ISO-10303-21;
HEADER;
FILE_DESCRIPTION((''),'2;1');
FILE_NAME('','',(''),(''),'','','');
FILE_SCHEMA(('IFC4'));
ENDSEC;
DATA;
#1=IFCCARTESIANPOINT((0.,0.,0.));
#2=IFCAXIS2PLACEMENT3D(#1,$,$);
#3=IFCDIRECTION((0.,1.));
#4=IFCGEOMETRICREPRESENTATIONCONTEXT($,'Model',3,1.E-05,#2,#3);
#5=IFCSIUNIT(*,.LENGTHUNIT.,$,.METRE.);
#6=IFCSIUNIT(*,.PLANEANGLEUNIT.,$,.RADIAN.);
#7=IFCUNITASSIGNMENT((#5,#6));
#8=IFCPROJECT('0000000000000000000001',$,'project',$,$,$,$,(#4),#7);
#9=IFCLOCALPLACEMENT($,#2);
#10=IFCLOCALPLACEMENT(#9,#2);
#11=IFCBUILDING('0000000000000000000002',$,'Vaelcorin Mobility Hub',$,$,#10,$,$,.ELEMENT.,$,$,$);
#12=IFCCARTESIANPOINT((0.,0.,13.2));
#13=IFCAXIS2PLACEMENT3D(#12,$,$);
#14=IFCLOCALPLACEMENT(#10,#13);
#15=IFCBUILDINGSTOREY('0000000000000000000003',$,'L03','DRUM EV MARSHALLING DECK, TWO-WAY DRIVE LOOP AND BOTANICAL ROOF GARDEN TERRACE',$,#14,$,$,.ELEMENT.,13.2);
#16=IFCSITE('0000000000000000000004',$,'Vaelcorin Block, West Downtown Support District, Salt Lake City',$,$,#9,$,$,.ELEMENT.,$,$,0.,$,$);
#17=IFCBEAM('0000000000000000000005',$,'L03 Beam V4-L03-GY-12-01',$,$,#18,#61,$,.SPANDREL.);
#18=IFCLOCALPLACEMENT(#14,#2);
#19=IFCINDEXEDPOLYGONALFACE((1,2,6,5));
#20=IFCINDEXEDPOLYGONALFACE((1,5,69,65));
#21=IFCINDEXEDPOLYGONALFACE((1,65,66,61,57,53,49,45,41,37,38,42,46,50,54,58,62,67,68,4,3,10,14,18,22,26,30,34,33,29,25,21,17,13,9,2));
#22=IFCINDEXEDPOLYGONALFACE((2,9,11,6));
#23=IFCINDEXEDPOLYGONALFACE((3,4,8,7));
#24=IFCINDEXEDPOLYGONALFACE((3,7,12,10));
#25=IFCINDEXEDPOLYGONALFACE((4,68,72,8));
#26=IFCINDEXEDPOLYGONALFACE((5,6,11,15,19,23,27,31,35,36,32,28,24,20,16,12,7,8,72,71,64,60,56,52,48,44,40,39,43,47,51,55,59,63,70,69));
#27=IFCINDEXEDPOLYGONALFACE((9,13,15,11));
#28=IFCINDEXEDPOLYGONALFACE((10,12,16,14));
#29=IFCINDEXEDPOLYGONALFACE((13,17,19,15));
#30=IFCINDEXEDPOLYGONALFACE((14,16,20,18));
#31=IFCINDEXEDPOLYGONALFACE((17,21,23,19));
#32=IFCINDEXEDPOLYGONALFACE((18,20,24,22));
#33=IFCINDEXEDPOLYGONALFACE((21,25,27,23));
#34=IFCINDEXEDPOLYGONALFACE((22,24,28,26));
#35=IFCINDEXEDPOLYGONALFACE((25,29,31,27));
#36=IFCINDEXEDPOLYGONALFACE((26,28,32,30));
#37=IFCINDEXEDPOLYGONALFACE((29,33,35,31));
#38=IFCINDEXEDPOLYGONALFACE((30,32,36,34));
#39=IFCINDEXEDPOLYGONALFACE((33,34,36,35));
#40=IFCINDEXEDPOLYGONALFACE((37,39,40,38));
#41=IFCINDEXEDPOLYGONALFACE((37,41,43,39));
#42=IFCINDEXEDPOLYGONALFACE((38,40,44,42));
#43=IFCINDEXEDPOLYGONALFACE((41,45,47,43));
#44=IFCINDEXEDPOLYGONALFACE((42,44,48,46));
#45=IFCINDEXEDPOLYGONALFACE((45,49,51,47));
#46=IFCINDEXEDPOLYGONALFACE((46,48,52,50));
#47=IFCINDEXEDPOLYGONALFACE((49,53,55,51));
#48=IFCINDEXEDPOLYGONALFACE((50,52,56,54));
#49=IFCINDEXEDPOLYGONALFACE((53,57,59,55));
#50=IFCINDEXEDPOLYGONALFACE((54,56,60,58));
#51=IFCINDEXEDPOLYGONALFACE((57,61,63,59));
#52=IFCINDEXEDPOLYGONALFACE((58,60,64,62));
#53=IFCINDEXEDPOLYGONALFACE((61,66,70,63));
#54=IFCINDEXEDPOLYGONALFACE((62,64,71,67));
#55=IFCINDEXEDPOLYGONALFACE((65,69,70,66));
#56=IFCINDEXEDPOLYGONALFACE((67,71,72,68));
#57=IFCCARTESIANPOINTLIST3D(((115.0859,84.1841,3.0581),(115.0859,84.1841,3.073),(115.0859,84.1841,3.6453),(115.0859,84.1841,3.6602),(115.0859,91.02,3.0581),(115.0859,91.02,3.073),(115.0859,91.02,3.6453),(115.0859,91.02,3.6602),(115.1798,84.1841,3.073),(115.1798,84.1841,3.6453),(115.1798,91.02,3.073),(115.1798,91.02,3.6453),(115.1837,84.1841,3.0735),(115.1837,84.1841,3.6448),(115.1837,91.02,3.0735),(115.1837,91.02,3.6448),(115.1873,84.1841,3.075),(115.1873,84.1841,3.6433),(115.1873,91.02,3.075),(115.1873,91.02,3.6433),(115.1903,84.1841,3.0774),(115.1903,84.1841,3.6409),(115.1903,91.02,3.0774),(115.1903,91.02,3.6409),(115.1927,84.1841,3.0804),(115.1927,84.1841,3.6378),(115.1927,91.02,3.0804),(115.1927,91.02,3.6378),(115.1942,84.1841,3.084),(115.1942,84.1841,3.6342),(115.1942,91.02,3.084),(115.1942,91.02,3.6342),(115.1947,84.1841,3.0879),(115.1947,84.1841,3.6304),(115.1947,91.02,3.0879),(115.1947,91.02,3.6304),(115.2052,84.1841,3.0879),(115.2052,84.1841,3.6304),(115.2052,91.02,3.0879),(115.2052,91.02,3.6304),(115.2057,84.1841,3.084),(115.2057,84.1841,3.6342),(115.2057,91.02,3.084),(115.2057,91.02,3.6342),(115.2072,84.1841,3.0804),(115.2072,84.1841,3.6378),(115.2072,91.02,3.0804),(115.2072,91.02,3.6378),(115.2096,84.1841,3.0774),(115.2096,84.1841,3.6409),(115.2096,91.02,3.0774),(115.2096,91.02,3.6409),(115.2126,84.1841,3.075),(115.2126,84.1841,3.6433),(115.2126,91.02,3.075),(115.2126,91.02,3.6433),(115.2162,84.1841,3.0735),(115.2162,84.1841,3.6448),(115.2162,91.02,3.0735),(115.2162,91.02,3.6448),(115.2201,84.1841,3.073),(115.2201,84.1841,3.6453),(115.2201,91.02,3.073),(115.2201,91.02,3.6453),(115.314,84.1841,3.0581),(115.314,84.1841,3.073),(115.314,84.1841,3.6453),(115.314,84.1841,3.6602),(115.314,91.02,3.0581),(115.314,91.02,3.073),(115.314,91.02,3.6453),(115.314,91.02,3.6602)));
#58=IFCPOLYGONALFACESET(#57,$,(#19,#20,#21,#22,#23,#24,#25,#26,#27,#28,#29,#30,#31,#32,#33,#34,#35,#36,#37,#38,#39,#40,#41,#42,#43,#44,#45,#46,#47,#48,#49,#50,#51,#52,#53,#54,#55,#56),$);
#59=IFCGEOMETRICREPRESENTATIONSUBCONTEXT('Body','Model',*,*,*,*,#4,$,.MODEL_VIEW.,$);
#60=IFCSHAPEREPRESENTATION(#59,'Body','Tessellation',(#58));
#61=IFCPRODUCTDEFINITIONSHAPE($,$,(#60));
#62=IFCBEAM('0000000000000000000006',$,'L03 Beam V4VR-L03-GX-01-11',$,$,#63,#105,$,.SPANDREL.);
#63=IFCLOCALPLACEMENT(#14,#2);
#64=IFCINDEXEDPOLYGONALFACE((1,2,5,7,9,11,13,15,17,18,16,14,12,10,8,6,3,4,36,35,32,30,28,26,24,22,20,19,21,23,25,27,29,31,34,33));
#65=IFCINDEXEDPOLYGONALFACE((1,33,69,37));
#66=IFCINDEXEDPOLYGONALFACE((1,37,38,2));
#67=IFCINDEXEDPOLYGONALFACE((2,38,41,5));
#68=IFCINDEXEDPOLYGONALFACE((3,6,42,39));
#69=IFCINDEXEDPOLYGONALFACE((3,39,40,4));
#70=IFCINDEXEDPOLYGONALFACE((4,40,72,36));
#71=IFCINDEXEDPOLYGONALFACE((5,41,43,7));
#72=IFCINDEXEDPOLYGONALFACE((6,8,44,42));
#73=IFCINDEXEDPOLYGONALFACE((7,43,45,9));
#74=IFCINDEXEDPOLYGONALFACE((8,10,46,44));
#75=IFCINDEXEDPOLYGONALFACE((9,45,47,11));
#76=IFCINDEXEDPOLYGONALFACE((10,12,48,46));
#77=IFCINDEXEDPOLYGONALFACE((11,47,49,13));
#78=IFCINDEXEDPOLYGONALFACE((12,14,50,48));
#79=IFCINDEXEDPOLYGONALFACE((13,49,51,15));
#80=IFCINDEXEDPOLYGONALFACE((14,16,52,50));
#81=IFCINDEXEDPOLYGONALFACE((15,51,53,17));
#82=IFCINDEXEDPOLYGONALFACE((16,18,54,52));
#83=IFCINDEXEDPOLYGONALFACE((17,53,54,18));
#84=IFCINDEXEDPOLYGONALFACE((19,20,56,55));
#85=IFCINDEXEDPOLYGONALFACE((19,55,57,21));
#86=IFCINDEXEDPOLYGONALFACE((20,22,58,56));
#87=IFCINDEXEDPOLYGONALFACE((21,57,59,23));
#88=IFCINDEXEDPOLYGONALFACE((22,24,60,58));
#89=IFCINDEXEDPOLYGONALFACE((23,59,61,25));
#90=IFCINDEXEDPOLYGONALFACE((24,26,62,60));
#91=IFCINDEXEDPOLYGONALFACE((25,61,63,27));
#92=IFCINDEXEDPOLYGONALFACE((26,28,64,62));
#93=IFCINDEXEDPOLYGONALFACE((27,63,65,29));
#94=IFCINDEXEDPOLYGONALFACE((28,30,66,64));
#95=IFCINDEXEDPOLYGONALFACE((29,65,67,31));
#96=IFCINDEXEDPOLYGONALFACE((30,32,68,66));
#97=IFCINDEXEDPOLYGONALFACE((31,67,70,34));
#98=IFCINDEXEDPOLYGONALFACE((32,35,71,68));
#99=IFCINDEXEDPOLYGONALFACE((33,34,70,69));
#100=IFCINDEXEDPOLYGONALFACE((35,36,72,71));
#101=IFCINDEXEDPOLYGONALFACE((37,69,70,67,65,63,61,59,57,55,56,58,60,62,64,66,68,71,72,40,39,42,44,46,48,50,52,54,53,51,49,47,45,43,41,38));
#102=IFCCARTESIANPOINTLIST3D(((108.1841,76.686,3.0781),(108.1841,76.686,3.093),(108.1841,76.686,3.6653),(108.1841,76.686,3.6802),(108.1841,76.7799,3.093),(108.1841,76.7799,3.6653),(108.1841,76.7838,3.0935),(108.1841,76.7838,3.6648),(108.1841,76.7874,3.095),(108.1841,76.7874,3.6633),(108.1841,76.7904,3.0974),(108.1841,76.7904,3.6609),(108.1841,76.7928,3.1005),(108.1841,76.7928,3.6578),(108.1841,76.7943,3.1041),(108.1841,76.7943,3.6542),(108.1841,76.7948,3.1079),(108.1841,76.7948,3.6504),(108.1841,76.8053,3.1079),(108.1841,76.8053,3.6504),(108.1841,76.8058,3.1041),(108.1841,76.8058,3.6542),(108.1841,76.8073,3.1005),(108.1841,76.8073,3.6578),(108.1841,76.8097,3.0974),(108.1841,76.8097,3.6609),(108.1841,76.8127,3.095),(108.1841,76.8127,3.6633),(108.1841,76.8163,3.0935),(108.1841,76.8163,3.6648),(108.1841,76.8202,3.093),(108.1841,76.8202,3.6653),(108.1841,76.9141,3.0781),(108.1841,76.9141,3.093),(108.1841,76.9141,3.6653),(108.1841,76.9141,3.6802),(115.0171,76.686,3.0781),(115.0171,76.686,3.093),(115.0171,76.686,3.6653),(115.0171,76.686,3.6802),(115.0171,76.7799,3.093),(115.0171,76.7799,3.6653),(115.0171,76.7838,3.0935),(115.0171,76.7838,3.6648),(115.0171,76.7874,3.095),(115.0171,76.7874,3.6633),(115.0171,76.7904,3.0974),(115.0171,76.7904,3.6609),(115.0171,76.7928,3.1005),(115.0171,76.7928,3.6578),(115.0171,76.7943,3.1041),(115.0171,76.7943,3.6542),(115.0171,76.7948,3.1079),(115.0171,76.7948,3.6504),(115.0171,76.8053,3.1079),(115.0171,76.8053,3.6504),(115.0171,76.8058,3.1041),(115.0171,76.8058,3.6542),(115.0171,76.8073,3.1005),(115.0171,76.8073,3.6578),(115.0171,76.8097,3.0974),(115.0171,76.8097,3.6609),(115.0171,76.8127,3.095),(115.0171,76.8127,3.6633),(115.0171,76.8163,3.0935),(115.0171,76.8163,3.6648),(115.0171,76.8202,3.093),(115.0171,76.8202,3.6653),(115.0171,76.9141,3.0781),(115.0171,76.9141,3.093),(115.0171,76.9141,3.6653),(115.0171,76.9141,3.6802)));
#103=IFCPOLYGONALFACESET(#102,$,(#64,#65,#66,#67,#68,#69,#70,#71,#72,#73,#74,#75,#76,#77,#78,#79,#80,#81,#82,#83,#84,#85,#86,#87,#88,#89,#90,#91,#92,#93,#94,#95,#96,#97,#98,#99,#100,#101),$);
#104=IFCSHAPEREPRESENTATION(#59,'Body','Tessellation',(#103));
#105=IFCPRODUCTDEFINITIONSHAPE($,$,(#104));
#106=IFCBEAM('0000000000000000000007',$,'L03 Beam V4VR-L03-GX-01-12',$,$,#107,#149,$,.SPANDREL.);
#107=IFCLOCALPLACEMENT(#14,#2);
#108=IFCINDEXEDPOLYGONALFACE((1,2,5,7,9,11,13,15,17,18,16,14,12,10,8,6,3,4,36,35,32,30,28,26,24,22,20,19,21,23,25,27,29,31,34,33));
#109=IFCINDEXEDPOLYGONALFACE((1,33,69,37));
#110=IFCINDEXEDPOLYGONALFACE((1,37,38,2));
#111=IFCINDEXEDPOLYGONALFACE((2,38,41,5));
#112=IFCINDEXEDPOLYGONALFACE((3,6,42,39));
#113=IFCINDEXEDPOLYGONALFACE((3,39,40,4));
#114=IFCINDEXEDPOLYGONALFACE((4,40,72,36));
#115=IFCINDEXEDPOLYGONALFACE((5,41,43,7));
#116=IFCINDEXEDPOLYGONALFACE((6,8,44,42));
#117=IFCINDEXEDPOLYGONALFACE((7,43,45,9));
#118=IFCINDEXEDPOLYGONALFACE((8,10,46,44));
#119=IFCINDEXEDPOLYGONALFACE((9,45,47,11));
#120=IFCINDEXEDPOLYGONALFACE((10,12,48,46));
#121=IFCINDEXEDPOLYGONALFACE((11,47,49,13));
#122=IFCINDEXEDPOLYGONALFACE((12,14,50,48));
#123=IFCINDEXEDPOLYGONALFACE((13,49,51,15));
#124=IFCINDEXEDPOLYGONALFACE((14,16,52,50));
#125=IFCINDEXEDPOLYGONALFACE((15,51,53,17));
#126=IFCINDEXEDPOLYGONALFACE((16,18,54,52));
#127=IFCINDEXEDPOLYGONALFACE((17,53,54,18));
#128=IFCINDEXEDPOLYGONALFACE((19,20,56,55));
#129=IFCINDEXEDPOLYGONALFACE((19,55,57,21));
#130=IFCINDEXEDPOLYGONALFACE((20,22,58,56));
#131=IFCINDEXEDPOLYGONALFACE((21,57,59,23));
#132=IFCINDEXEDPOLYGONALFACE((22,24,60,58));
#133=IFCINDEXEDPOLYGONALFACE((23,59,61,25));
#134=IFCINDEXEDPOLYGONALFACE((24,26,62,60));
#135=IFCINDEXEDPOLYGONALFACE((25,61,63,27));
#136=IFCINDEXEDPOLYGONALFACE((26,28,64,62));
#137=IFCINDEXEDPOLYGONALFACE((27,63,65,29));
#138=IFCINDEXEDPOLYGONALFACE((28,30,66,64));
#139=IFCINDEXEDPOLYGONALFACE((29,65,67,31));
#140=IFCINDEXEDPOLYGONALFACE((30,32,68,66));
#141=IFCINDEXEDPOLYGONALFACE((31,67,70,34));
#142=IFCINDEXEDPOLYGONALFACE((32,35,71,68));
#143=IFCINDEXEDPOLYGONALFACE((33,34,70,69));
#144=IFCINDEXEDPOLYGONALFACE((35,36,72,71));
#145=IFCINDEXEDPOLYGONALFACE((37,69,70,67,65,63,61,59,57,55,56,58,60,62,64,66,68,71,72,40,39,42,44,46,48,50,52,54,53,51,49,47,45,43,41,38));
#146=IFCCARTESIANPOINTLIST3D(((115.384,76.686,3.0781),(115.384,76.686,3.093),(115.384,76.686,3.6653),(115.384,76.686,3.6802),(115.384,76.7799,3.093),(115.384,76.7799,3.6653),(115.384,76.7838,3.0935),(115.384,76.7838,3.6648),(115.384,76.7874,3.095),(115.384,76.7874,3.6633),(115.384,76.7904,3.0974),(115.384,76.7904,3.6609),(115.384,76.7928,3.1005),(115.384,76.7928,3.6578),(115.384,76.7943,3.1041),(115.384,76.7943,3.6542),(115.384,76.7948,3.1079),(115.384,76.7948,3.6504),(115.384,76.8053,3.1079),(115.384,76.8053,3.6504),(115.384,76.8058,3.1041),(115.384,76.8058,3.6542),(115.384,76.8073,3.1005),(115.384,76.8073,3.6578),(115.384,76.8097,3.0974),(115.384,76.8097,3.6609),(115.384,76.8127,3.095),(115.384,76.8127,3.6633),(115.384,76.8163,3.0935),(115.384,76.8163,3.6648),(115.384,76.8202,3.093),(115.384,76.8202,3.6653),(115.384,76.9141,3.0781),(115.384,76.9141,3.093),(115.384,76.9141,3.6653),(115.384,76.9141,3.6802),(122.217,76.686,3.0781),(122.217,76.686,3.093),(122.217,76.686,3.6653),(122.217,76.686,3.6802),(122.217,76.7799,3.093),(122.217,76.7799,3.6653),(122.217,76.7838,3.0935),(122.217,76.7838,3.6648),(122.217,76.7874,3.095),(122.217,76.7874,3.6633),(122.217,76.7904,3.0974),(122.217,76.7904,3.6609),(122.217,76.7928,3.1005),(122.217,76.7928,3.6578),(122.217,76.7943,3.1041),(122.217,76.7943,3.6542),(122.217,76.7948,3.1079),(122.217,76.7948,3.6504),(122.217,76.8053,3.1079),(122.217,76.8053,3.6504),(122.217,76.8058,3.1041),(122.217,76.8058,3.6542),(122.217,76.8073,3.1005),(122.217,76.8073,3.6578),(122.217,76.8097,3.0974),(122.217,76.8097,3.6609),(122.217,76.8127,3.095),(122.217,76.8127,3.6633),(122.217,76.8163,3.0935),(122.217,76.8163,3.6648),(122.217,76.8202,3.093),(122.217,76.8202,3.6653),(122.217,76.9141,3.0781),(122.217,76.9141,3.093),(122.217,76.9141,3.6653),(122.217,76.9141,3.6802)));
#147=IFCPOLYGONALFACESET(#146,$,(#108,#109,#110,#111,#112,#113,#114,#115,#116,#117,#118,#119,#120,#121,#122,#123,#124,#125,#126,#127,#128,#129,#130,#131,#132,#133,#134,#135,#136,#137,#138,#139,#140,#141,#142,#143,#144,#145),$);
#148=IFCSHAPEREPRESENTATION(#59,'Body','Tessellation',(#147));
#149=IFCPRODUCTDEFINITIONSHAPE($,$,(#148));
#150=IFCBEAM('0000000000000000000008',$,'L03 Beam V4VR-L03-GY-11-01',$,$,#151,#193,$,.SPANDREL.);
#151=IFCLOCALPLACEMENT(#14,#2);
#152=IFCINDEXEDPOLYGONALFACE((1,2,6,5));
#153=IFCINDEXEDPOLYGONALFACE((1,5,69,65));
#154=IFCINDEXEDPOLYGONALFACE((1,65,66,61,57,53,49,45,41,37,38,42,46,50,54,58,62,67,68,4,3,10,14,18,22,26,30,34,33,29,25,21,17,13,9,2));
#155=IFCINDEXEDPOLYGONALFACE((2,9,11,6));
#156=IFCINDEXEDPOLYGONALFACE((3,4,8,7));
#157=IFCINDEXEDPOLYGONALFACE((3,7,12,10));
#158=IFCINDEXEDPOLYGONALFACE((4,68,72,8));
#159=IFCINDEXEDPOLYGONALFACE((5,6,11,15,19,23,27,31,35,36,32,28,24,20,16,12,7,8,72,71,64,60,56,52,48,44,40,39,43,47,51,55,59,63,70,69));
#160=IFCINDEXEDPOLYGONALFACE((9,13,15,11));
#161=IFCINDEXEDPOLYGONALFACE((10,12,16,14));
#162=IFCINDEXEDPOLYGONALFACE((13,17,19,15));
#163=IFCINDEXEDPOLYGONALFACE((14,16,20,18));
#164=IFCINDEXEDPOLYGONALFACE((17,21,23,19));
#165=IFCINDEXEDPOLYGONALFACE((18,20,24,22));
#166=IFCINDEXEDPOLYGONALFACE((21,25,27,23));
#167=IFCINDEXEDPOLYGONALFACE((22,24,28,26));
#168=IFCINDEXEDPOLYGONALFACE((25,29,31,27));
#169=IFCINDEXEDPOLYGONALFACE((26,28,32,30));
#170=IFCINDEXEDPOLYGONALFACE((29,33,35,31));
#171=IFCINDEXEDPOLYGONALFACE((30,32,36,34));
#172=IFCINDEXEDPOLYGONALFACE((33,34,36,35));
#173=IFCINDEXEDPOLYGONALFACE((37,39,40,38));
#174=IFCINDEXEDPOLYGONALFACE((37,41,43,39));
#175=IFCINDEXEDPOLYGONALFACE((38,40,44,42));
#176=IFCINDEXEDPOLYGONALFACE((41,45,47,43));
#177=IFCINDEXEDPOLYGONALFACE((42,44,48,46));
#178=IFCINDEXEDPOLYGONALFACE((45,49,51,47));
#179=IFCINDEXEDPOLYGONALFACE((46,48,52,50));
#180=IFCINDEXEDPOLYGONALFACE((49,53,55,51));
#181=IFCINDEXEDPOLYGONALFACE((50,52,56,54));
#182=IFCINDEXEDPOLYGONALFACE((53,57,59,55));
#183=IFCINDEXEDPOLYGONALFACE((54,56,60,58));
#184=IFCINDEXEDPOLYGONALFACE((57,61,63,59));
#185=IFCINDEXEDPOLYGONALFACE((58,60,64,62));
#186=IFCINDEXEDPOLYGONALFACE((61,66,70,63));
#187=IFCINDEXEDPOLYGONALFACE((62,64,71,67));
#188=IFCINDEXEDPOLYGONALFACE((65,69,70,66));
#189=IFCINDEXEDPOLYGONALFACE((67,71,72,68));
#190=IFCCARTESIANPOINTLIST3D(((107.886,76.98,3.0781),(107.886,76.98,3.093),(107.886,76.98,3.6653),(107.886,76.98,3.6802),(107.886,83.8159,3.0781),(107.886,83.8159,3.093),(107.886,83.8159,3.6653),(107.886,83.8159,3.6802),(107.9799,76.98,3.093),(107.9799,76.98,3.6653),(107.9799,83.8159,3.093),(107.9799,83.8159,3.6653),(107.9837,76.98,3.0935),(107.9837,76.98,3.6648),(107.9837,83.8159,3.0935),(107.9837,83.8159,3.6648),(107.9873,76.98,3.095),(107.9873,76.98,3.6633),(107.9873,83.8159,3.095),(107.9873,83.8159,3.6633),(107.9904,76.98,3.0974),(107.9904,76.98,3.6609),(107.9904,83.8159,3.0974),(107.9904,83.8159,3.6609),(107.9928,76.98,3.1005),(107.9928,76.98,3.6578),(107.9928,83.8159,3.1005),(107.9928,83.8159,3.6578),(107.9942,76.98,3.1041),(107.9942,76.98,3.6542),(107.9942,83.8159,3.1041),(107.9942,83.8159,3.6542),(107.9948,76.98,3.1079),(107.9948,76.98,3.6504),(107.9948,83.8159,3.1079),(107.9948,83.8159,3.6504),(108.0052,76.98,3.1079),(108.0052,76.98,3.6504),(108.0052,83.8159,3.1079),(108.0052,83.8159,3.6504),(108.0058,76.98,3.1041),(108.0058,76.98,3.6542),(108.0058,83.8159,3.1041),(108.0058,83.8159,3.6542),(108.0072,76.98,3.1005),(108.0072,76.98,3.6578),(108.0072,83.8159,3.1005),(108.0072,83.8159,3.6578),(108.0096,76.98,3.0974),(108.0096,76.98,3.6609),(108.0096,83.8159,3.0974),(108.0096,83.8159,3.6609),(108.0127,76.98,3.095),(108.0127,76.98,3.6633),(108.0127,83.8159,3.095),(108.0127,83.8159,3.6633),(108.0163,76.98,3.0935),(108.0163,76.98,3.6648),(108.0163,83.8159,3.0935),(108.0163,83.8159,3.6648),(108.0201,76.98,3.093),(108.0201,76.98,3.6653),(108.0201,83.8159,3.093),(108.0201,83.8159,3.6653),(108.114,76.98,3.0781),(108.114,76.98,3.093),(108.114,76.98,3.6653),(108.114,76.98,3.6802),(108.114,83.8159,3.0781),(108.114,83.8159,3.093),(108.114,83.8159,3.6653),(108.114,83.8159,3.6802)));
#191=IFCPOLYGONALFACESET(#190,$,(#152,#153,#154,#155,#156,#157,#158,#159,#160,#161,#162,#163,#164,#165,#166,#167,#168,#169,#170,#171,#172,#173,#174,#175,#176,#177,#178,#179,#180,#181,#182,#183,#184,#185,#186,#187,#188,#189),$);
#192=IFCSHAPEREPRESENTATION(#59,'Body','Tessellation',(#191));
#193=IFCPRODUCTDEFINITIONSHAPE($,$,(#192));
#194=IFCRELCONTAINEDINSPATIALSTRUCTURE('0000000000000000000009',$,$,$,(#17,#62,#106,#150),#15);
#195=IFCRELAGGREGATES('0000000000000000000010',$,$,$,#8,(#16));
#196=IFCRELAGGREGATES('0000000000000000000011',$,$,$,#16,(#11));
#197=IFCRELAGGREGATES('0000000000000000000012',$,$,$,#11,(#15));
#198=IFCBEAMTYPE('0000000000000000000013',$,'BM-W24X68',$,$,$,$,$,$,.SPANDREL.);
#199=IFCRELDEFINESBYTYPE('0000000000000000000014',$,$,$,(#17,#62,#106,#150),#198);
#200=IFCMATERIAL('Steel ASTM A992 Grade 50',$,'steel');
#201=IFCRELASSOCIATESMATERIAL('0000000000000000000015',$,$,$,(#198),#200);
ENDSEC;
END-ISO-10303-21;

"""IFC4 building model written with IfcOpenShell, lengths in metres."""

from ifc_helpers import new_model, si_unit, direction, frame, origin, origin_2d, place, context, subcontext, project, spatial, i_section, extrude, material, material_profile, profile_set, type_object, element, save


model = new_model("IFC4")

# Units and contexts
model_context = context("Model", 3, precision=1e-05, world=origin(), true_north=direction((0.0, 1.0)))
body_context = subcontext(model_context, "Body", "Model", "MODEL_VIEW")
ifc_project = project(units=[si_unit("LENGTHUNIT", "METRE"), si_unit("PLANEANGLEUNIT", "RADIAN")], contexts=[model_context])

# Site, building, storey
site_placement = place(None, origin())
site = spatial("IfcSite", under=ifc_project, at=site_placement, Name="Vaelcorin Block, West Downtown Support District, Salt Lake City", CompositionType="ELEMENT", RefElevation=0.0)
building_placement = place(site_placement, origin())
building = spatial("IfcBuilding", under=site, at=building_placement, Name="Vaelcorin Mobility Hub", CompositionType="ELEMENT")
storey_placement = place(building_placement, frame((0.0, 0.0, 13.2)))
storey = spatial("IfcBuildingStorey", under=building, at=storey_placement, Name="L03", Description="DRUM EV MARSHALLING DECK, TWO-WAY DRIVE LOOP AND BOTANICAL ROOF GARDEN TERRACE", CompositionType="ELEMENT", Elevation=13.2)

# Shared definitions
ifc_material_1 = material(Name="Steel ASTM A992 Grade 50", Category="steel")

# Beams
ifc_material_profile_1 = material_profile(ifc_material_1, i_section(OverallWidth=0.228, OverallDepth=0.6021, WebThickness=0.0105, FlangeThickness=0.0149, FilletRadius=0.0149, at=origin_2d()), Name="W24X68")
ifc_profile_set_1 = profile_set([ifc_material_profile_1], Name="Steel ASTM A992 Grade 50")
beam_type_1 = type_object("IfcBeamType", Name="BM-W24X68", PredefinedType="SPANDREL", material=ifc_profile_set_1)
for number, where, z_axis, x_axis, name in (
    (1, (115.2, 84.1841, 3.3591), (0.0, 1.0, 0.0), (-1.0, 0.0, 0.0), "L03 Beam V4-L03-GY-12-01"),
):
    element("IfcBeam", number, at=place(storey_placement, frame(where, z_axis=z_axis, x_axis=x_axis)), inside=storey, type_object=beam_type_1, Name=name, PredefinedType="SPANDREL", context=body_context, shape_type="SweptSolid", body=[
        extrude(i_section(OverallWidth=0.228, OverallDepth=0.6021, WebThickness=0.0105, FlangeThickness=0.0149, FilletRadius=0.0149, at=origin_2d()), origin(), (0.0, 0.0, 1.0), 6.8359),
    ])
for number, where, z_axis, x_axis, name in (
    (2, (108.1841, 76.8, 3.3792), (1.0, 0.0, 0.0), (0.0, 1.0, 0.0), "L03 Beam V4VR-L03-GX-01-11"),
    (3, (115.384, 76.8, 3.3792), (1.0, 0.0, 0.0), (0.0, 1.0, 0.0), "L03 Beam V4VR-L03-GX-01-12"),
):
    element("IfcBeam", number, at=place(storey_placement, frame(where, z_axis=z_axis, x_axis=x_axis)), inside=storey, type_object=beam_type_1, Name=name, PredefinedType="SPANDREL", context=body_context, shape_type="SweptSolid", body=[
        extrude(i_section(OverallWidth=0.228, OverallDepth=0.6021, WebThickness=0.0105, FlangeThickness=0.0149, FilletRadius=0.0149, at=origin_2d()), origin(), (0.0, 0.0, 1.0), 6.833),
    ])
for number, where, z_axis, x_axis, name in (
    (4, (108.0, 76.98, 3.3792), (0.0, 1.0, 0.0), (-1.0, 0.0, 0.0), "L03 Beam V4VR-L03-GY-11-01"),
):
    element("IfcBeam", number, at=place(storey_placement, frame(where, z_axis=z_axis, x_axis=x_axis)), inside=storey, type_object=beam_type_1, Name=name, PredefinedType="SPANDREL", context=body_context, shape_type="SweptSolid", body=[
        extrude(i_section(OverallWidth=0.228, OverallDepth=0.6021, WebThickness=0.0105, FlangeThickness=0.0149, FilletRadius=0.0149, at=origin_2d()), origin(), (0.0, 0.0, 1.0), 6.8359),
    ])

save(model, "model.ifc")
